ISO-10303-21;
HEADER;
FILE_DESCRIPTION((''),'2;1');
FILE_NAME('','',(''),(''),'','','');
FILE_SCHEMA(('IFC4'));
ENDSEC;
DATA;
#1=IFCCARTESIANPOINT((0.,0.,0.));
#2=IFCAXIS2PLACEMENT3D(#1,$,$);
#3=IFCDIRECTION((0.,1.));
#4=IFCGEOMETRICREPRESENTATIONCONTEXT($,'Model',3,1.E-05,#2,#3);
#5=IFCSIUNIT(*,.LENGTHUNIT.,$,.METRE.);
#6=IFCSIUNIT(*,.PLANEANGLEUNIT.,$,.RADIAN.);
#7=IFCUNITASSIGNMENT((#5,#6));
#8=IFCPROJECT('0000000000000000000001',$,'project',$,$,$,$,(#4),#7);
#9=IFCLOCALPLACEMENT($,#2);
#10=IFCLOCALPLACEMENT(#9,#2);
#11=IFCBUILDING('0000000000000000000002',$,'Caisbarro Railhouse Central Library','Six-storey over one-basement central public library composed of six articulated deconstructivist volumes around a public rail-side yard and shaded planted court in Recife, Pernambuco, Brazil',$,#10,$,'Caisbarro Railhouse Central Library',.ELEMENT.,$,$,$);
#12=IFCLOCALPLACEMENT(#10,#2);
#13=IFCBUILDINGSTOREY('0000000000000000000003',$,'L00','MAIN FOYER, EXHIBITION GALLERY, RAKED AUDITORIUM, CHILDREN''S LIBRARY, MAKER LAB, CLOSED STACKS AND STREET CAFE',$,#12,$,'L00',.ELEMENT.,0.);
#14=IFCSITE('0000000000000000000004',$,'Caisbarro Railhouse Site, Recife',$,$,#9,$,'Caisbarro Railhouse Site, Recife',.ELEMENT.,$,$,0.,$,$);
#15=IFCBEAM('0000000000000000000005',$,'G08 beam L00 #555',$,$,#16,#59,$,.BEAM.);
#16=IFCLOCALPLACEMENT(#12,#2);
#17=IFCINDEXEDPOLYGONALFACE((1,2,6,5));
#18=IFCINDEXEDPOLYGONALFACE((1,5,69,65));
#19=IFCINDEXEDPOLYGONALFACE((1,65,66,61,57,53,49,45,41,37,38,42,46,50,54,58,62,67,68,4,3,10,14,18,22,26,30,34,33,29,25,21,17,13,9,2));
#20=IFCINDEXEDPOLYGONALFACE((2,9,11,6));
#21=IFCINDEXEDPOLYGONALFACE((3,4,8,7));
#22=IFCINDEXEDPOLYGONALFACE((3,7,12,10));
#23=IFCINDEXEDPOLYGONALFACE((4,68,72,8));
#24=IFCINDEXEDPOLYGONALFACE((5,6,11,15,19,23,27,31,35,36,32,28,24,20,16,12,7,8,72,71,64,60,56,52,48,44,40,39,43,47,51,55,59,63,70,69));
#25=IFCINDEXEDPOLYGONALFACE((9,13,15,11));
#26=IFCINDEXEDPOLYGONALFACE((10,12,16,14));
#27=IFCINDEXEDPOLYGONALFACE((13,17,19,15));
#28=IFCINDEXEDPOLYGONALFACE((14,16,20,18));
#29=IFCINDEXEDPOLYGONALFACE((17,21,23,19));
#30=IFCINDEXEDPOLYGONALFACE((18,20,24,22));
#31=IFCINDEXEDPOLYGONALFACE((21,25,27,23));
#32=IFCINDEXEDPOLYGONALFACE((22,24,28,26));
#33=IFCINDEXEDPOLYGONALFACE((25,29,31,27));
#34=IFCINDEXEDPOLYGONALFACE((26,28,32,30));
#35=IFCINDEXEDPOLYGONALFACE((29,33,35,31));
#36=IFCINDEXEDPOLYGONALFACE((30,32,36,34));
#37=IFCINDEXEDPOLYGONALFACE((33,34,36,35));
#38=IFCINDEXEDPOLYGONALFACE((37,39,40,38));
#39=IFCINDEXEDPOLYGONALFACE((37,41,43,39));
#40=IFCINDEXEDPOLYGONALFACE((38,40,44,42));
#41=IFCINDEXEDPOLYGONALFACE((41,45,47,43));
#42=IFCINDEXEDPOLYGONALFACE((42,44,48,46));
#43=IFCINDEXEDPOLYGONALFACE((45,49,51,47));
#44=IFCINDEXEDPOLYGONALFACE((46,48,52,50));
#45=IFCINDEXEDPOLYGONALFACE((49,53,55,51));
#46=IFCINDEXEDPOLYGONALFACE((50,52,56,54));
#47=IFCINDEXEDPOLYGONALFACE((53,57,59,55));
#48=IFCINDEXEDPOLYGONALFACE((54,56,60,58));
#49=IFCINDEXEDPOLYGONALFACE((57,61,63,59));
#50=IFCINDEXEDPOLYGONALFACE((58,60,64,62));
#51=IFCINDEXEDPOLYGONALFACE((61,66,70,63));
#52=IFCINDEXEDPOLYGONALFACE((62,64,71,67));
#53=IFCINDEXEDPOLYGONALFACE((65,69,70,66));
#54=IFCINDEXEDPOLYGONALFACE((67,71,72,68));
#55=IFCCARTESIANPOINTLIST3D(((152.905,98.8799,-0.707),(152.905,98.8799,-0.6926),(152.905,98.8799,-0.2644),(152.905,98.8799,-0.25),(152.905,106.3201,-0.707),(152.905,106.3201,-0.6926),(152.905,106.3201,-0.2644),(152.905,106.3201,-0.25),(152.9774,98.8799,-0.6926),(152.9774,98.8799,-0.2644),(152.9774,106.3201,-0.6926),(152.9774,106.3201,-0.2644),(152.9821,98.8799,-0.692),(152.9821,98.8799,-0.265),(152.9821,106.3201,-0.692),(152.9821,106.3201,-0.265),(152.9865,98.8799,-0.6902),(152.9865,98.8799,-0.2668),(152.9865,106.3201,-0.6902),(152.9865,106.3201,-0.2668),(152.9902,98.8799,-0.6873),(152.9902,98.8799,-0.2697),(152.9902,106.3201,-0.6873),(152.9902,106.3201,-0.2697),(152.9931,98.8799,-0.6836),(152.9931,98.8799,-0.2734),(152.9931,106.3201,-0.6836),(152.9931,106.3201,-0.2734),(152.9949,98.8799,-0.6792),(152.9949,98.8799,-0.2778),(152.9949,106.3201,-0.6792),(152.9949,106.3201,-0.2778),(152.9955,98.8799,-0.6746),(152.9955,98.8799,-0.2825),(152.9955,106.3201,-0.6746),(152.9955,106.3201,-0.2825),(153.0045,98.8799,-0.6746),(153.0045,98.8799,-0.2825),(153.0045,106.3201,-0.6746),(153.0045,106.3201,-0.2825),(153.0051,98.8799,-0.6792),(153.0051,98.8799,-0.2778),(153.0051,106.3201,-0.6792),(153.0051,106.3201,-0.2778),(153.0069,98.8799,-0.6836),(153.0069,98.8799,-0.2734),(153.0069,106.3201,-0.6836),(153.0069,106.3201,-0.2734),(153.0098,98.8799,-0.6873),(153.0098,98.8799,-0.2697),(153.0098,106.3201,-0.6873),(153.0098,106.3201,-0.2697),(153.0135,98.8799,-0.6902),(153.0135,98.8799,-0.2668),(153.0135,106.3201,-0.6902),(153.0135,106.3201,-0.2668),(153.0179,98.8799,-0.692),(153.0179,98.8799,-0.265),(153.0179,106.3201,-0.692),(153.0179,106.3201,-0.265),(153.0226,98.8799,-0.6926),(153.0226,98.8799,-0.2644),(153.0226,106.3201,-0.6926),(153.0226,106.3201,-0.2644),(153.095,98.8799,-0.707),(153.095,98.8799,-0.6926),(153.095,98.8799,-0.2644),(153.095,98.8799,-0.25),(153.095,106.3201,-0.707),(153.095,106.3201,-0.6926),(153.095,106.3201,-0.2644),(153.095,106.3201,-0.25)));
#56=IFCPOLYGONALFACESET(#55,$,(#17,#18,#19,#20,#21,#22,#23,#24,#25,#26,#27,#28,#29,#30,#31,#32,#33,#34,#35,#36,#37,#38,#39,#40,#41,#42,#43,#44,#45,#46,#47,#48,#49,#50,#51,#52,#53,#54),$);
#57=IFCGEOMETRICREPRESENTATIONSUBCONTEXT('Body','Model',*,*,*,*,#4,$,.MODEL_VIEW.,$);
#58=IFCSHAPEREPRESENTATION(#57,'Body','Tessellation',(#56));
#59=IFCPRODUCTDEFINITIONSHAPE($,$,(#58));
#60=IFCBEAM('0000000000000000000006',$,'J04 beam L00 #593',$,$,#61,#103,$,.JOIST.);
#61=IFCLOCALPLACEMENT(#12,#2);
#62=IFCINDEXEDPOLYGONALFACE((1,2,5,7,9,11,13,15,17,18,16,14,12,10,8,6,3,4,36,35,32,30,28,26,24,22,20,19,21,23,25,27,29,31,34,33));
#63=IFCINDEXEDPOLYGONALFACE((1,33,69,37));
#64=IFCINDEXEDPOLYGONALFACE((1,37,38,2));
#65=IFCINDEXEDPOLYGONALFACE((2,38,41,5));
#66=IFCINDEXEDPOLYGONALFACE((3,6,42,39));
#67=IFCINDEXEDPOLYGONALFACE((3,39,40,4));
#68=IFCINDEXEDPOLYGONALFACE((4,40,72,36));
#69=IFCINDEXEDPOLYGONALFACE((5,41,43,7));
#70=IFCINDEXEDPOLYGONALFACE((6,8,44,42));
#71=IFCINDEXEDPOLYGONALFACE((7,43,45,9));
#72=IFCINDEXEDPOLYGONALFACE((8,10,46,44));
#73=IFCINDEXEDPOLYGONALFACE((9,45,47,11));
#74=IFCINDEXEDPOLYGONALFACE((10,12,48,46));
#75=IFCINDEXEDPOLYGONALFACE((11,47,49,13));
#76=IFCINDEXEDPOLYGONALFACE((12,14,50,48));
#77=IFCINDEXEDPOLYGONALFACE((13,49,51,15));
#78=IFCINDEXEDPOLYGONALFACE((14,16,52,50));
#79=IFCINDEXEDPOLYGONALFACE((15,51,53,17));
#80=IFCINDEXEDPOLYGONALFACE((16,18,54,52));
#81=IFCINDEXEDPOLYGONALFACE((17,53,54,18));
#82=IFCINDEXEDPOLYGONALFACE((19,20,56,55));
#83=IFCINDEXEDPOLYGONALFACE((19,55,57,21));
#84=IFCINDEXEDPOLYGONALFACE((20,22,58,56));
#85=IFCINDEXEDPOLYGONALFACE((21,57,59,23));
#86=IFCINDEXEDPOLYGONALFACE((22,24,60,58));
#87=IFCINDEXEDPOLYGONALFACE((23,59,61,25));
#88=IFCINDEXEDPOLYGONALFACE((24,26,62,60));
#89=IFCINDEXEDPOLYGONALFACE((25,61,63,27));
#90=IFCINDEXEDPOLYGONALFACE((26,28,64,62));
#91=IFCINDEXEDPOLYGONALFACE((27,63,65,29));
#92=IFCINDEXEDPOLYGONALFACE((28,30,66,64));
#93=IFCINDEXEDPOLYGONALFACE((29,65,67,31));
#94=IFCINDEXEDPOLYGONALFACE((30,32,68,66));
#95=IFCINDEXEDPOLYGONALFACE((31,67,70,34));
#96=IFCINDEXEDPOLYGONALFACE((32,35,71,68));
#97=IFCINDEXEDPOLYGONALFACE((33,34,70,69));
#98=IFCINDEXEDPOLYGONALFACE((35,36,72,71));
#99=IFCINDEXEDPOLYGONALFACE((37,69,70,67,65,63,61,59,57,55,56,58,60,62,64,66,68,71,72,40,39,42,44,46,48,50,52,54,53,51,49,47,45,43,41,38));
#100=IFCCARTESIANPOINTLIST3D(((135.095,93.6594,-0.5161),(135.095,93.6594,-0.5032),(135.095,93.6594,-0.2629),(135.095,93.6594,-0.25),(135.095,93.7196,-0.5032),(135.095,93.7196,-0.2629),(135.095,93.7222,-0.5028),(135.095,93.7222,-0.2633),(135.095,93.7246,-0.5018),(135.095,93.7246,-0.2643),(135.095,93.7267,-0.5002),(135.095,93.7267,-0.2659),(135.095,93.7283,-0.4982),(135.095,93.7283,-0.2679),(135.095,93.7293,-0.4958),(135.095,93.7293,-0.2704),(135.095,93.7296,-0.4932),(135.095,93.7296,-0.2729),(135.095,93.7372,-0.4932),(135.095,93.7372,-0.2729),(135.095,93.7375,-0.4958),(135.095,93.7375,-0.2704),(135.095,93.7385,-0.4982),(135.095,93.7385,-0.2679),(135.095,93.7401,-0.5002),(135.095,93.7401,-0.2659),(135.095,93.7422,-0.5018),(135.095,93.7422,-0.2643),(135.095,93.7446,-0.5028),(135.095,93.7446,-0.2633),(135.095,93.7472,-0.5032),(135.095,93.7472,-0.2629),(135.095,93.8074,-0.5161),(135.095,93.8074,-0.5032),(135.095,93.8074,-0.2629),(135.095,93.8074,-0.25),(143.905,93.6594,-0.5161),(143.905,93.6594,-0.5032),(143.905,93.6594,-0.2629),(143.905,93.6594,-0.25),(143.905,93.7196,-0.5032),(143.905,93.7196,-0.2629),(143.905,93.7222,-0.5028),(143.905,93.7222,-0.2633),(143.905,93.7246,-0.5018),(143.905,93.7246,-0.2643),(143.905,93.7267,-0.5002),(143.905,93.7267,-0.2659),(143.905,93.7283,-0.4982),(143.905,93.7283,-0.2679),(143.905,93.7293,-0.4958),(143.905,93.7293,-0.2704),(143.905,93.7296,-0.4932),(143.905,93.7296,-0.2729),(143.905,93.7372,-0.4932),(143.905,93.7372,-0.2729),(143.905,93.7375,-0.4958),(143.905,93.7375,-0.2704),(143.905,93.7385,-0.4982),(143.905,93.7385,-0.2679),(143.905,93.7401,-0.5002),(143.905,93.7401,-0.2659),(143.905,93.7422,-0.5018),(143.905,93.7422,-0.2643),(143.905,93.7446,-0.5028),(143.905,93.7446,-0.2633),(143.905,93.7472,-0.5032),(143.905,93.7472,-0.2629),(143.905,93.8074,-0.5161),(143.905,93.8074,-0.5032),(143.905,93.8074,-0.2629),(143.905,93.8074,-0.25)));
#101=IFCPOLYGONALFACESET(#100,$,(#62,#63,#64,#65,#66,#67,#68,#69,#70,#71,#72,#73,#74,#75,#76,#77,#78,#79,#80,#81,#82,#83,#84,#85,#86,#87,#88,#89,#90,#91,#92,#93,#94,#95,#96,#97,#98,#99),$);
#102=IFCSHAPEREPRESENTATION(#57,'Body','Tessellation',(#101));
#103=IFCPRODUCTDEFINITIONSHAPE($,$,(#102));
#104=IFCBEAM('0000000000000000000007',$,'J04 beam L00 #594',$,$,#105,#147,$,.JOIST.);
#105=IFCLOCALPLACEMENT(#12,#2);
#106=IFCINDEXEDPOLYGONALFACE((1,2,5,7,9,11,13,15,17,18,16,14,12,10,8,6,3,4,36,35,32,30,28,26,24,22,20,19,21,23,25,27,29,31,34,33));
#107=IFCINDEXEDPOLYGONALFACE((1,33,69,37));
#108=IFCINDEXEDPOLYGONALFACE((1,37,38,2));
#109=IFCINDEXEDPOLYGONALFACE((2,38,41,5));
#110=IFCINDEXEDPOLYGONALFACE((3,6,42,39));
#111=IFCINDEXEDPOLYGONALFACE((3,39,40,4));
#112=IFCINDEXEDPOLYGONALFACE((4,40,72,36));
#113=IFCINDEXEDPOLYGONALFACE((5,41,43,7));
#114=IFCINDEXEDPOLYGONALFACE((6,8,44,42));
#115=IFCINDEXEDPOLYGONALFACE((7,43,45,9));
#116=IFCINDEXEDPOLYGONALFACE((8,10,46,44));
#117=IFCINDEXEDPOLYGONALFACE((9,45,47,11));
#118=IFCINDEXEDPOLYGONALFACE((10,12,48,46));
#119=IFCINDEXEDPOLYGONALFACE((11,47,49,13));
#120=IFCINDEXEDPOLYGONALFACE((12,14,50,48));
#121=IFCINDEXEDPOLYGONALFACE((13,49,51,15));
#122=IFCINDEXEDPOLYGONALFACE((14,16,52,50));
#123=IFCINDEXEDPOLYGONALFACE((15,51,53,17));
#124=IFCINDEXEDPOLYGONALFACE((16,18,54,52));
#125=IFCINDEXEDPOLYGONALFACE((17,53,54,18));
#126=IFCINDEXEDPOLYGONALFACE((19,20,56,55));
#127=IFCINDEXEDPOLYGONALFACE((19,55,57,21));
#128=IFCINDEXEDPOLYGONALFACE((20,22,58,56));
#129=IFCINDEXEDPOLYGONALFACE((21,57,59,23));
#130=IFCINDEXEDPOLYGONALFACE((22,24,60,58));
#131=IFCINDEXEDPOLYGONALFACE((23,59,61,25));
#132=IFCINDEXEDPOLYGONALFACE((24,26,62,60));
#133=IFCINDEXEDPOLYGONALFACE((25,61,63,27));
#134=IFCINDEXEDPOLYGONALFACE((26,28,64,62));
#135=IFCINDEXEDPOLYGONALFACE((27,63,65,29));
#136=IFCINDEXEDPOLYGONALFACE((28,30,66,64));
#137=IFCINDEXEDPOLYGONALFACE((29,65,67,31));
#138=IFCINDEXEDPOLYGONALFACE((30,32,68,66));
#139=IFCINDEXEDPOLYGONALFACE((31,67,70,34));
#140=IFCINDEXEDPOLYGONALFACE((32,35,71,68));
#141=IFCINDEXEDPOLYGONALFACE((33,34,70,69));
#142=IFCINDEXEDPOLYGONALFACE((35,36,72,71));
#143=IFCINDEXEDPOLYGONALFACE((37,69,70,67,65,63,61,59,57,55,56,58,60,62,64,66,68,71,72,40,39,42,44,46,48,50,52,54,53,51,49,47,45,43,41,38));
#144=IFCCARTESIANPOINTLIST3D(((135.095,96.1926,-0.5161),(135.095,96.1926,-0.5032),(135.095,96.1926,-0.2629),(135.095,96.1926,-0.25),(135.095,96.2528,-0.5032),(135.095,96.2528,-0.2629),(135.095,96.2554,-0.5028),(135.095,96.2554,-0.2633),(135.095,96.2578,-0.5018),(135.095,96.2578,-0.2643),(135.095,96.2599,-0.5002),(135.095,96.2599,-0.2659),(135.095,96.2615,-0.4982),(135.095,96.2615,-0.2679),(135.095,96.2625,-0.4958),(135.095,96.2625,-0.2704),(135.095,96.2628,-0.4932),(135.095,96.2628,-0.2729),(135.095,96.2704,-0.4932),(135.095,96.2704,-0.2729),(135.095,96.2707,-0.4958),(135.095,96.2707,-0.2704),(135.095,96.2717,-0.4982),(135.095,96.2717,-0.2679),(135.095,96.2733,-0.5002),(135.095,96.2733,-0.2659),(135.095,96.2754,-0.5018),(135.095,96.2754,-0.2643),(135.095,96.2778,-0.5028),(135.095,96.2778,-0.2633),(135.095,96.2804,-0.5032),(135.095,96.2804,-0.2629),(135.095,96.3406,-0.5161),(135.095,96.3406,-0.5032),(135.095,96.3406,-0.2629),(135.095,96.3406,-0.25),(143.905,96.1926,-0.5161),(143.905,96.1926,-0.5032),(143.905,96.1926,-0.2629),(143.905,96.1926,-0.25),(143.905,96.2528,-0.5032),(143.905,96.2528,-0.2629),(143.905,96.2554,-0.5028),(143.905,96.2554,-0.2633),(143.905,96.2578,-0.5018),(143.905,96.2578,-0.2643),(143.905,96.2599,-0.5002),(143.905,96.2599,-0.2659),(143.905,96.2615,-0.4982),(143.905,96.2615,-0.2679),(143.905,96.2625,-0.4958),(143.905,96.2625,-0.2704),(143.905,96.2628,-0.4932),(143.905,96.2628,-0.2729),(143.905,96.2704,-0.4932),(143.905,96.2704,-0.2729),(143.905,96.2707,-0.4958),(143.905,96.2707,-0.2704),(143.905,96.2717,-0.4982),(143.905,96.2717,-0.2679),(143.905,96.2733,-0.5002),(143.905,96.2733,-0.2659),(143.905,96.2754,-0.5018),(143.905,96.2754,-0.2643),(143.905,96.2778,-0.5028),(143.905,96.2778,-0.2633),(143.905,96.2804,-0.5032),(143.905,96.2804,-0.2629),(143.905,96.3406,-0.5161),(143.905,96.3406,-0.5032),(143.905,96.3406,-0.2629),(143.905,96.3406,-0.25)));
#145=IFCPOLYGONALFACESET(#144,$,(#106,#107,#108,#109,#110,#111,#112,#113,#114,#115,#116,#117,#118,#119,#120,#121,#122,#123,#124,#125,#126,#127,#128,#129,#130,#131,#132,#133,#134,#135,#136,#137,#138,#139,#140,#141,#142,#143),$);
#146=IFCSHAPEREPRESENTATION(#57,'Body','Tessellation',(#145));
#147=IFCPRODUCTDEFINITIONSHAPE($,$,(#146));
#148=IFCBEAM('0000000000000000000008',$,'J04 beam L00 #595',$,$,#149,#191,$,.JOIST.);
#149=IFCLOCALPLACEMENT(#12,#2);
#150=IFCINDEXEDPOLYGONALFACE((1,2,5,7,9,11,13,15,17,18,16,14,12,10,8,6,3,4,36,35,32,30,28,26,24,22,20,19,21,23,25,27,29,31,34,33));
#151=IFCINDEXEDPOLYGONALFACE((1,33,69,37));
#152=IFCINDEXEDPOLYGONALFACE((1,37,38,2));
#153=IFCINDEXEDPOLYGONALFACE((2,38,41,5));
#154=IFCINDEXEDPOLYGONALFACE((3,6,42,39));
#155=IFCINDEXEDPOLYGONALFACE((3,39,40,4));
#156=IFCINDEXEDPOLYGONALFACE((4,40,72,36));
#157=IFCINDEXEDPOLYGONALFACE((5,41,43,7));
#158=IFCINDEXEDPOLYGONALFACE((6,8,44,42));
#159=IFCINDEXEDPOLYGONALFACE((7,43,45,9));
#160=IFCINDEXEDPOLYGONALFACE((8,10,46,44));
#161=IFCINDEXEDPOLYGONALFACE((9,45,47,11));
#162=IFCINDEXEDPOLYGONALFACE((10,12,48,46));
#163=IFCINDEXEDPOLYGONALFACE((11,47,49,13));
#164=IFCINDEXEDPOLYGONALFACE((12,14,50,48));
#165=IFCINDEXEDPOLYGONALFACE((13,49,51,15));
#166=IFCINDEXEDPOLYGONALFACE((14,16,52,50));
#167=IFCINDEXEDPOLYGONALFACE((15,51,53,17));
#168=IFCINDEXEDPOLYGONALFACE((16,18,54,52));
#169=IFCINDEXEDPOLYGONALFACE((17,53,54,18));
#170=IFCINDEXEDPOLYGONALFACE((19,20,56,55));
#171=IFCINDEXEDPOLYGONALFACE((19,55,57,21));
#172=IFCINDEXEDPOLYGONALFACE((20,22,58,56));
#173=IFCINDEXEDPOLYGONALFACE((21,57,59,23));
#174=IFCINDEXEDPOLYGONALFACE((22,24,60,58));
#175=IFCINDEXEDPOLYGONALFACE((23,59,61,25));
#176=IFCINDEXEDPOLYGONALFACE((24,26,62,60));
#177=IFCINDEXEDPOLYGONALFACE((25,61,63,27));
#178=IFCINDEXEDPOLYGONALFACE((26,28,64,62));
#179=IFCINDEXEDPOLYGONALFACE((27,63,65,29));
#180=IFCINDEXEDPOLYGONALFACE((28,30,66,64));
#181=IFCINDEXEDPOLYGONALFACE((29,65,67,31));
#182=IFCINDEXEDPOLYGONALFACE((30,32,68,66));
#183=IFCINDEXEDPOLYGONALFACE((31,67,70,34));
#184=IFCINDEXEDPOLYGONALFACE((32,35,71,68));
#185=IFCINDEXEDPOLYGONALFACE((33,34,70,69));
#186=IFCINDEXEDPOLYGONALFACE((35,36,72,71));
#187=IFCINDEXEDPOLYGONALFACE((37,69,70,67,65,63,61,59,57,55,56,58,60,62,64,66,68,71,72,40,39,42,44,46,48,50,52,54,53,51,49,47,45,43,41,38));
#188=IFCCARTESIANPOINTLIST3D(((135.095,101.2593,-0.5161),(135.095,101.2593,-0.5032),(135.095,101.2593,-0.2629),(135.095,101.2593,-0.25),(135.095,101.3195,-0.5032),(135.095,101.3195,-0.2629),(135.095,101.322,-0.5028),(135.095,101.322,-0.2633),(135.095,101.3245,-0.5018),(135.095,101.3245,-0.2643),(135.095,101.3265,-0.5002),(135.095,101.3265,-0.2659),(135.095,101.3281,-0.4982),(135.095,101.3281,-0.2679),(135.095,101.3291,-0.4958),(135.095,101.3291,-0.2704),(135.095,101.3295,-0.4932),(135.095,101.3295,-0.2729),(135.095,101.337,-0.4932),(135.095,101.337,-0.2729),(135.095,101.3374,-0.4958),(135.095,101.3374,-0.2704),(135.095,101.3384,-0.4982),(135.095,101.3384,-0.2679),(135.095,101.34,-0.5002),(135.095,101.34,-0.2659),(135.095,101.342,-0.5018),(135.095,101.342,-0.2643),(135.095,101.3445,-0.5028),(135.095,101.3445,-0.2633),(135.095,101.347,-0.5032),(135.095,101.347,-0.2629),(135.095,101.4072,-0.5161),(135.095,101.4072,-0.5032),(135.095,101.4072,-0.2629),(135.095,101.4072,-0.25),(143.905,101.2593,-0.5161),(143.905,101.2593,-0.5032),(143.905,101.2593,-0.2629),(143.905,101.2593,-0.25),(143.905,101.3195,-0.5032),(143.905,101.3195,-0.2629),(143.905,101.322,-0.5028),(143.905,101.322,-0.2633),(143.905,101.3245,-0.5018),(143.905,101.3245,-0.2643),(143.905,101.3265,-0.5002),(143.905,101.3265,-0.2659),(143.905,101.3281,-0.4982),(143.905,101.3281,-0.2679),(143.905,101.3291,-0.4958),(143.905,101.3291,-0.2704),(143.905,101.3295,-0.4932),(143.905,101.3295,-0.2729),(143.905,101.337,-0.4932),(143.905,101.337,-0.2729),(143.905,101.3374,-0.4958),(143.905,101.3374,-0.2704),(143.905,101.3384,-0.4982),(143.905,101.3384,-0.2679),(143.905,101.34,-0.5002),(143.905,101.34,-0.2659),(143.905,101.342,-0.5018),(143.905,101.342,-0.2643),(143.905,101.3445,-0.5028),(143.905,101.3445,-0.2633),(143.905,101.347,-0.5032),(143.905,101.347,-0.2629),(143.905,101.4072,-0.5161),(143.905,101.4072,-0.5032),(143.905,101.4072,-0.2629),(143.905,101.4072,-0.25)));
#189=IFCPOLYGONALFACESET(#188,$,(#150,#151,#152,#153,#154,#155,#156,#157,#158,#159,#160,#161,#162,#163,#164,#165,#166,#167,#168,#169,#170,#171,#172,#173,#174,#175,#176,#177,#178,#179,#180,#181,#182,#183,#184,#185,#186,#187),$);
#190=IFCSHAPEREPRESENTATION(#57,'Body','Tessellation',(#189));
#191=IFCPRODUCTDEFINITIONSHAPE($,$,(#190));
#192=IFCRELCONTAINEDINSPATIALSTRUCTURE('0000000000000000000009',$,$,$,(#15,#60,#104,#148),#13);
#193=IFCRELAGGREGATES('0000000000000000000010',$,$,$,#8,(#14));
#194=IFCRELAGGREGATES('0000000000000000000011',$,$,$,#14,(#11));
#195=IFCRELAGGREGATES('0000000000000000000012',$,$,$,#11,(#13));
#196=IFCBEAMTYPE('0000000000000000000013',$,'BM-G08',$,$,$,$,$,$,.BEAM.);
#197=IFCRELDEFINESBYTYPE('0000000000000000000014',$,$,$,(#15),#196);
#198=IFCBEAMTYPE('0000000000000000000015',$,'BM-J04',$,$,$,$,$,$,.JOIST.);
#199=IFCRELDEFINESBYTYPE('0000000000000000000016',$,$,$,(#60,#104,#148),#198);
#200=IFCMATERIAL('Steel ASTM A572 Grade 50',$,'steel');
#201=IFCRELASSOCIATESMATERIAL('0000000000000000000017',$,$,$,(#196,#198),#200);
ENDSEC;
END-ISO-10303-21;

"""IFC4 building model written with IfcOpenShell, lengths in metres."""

from ifc_helpers import new_model, si_unit, direction, frame, origin, origin_2d, place, context, subcontext, project, spatial, i_section, extrude, material, material_profile, profile_set, type_object, element, save


model = new_model("IFC4")

# Units and contexts
model_context = context("Model", 3, precision=1e-05, world=origin(), true_north=direction((0.0, 1.0)))
body_context = subcontext(model_context, "Body", "Model", "MODEL_VIEW")
ifc_project = project(units=[si_unit("LENGTHUNIT", "METRE"), si_unit("PLANEANGLEUNIT", "RADIAN")], contexts=[model_context])

# Site, building, storey
site_placement = place(None, origin())
site = spatial("IfcSite", under=ifc_project, at=site_placement, Name="Caisbarro Railhouse Site, Recife", LongName="Caisbarro Railhouse Site, Recife", CompositionType="ELEMENT", RefElevation=0.0)
building_placement = place(site_placement, origin())
building = spatial("IfcBuilding", under=site, at=building_placement, Name="Caisbarro Railhouse Central Library", Description="Six-storey over one-basement central public library composed of six articulated deconstructivist volumes around a public rail-side yard and shaded planted court in Recife, Pernambuco, Brazil", LongName="Caisbarro Railhouse Central Library", CompositionType="ELEMENT")
storey_placement = place(building_placement, origin())
storey = spatial("IfcBuildingStorey", under=building, at=storey_placement, Name="L00", Description="MAIN FOYER, EXHIBITION GALLERY, RAKED AUDITORIUM, CHILDREN'S LIBRARY, MAKER LAB, CLOSED STACKS AND STREET CAFE", LongName="L00", CompositionType="ELEMENT", Elevation=0.0)

# Shared definitions
ifc_material_1 = material(Name="Steel ASTM A572 Grade 50", Category="steel")

# Beams
ifc_material_profile_1 = material_profile(ifc_material_1, i_section(OverallWidth=0.1899, OverallDepth=0.457, WebThickness=0.009, FlangeThickness=0.0144, FilletRadius=0.0181, at=origin_2d()), Name="W460X74.0")
ifc_profile_set_1 = profile_set([ifc_material_profile_1], Name="Steel ASTM A572 Grade 50")
beam_type_1 = type_object("IfcBeamType", Name="BM-G08", PredefinedType="BEAM", material=ifc_profile_set_1)
beam_1_placement = place(storey_placement, frame((153.0, 98.8799, -0.4785), z_axis=(0.0, 1.0, 0.0), x_axis=(-1.0, 0.0, 0.0)))
element("IfcBeam", 1, at=beam_1_placement, inside=storey, type_object=beam_type_1, Name="G08 beam L00 #555", PredefinedType="BEAM", context=body_context, shape_type="SweptSolid", body=[
    extrude(i_section(OverallWidth=0.1899, OverallDepth=0.457, WebThickness=0.009, FlangeThickness=0.0144, FilletRadius=0.0181, at=origin_2d()), origin(), (0.0, 0.0, 1.0), 7.4402),
])
ifc_material_profile_2 = material_profile(ifc_material_1, i_section(OverallWidth=0.1479, OverallDepth=0.2661, WebThickness=0.0076, FlangeThickness=0.0129, FilletRadius=0.01, at=origin_2d()), Name="W250X44.8")
ifc_profile_set_2 = profile_set([ifc_material_profile_2], Name="Steel ASTM A572 Grade 50")
beam_type_2 = type_object("IfcBeamType", Name="BM-J04", PredefinedType="JOIST", material=ifc_profile_set_2)
for number, where, z_axis, x_axis, name in (
    (2, (135.095, 93.7334, -0.3831), (1.0, 0.0, 0.0), (0.0, 1.0, 0.0), "J04 beam L00 #593"),
    (3, (135.095, 96.2666, -0.3831), (1.0, 0.0, 0.0), (0.0, 1.0, 0.0), "J04 beam L00 #594"),
    (4, (135.095, 101.3333, -0.3831), (1.0, 0.0, 0.0), (0.0, 1.0, 0.0), "J04 beam L00 #595"),
):
    element("IfcBeam", number, at=place(storey_placement, frame(where, z_axis=z_axis, x_axis=x_axis)), inside=storey, type_object=beam_type_2, Name=name, PredefinedType="JOIST", context=body_context, shape_type="SweptSolid", body=[
        extrude(i_section(OverallWidth=0.1479, OverallDepth=0.2661, WebThickness=0.0076, FlangeThickness=0.0129, FilletRadius=0.01, at=origin_2d()), origin(), (0.0, 0.0, 1.0), 8.8101),
    ])

save(model, "model.ifc")
